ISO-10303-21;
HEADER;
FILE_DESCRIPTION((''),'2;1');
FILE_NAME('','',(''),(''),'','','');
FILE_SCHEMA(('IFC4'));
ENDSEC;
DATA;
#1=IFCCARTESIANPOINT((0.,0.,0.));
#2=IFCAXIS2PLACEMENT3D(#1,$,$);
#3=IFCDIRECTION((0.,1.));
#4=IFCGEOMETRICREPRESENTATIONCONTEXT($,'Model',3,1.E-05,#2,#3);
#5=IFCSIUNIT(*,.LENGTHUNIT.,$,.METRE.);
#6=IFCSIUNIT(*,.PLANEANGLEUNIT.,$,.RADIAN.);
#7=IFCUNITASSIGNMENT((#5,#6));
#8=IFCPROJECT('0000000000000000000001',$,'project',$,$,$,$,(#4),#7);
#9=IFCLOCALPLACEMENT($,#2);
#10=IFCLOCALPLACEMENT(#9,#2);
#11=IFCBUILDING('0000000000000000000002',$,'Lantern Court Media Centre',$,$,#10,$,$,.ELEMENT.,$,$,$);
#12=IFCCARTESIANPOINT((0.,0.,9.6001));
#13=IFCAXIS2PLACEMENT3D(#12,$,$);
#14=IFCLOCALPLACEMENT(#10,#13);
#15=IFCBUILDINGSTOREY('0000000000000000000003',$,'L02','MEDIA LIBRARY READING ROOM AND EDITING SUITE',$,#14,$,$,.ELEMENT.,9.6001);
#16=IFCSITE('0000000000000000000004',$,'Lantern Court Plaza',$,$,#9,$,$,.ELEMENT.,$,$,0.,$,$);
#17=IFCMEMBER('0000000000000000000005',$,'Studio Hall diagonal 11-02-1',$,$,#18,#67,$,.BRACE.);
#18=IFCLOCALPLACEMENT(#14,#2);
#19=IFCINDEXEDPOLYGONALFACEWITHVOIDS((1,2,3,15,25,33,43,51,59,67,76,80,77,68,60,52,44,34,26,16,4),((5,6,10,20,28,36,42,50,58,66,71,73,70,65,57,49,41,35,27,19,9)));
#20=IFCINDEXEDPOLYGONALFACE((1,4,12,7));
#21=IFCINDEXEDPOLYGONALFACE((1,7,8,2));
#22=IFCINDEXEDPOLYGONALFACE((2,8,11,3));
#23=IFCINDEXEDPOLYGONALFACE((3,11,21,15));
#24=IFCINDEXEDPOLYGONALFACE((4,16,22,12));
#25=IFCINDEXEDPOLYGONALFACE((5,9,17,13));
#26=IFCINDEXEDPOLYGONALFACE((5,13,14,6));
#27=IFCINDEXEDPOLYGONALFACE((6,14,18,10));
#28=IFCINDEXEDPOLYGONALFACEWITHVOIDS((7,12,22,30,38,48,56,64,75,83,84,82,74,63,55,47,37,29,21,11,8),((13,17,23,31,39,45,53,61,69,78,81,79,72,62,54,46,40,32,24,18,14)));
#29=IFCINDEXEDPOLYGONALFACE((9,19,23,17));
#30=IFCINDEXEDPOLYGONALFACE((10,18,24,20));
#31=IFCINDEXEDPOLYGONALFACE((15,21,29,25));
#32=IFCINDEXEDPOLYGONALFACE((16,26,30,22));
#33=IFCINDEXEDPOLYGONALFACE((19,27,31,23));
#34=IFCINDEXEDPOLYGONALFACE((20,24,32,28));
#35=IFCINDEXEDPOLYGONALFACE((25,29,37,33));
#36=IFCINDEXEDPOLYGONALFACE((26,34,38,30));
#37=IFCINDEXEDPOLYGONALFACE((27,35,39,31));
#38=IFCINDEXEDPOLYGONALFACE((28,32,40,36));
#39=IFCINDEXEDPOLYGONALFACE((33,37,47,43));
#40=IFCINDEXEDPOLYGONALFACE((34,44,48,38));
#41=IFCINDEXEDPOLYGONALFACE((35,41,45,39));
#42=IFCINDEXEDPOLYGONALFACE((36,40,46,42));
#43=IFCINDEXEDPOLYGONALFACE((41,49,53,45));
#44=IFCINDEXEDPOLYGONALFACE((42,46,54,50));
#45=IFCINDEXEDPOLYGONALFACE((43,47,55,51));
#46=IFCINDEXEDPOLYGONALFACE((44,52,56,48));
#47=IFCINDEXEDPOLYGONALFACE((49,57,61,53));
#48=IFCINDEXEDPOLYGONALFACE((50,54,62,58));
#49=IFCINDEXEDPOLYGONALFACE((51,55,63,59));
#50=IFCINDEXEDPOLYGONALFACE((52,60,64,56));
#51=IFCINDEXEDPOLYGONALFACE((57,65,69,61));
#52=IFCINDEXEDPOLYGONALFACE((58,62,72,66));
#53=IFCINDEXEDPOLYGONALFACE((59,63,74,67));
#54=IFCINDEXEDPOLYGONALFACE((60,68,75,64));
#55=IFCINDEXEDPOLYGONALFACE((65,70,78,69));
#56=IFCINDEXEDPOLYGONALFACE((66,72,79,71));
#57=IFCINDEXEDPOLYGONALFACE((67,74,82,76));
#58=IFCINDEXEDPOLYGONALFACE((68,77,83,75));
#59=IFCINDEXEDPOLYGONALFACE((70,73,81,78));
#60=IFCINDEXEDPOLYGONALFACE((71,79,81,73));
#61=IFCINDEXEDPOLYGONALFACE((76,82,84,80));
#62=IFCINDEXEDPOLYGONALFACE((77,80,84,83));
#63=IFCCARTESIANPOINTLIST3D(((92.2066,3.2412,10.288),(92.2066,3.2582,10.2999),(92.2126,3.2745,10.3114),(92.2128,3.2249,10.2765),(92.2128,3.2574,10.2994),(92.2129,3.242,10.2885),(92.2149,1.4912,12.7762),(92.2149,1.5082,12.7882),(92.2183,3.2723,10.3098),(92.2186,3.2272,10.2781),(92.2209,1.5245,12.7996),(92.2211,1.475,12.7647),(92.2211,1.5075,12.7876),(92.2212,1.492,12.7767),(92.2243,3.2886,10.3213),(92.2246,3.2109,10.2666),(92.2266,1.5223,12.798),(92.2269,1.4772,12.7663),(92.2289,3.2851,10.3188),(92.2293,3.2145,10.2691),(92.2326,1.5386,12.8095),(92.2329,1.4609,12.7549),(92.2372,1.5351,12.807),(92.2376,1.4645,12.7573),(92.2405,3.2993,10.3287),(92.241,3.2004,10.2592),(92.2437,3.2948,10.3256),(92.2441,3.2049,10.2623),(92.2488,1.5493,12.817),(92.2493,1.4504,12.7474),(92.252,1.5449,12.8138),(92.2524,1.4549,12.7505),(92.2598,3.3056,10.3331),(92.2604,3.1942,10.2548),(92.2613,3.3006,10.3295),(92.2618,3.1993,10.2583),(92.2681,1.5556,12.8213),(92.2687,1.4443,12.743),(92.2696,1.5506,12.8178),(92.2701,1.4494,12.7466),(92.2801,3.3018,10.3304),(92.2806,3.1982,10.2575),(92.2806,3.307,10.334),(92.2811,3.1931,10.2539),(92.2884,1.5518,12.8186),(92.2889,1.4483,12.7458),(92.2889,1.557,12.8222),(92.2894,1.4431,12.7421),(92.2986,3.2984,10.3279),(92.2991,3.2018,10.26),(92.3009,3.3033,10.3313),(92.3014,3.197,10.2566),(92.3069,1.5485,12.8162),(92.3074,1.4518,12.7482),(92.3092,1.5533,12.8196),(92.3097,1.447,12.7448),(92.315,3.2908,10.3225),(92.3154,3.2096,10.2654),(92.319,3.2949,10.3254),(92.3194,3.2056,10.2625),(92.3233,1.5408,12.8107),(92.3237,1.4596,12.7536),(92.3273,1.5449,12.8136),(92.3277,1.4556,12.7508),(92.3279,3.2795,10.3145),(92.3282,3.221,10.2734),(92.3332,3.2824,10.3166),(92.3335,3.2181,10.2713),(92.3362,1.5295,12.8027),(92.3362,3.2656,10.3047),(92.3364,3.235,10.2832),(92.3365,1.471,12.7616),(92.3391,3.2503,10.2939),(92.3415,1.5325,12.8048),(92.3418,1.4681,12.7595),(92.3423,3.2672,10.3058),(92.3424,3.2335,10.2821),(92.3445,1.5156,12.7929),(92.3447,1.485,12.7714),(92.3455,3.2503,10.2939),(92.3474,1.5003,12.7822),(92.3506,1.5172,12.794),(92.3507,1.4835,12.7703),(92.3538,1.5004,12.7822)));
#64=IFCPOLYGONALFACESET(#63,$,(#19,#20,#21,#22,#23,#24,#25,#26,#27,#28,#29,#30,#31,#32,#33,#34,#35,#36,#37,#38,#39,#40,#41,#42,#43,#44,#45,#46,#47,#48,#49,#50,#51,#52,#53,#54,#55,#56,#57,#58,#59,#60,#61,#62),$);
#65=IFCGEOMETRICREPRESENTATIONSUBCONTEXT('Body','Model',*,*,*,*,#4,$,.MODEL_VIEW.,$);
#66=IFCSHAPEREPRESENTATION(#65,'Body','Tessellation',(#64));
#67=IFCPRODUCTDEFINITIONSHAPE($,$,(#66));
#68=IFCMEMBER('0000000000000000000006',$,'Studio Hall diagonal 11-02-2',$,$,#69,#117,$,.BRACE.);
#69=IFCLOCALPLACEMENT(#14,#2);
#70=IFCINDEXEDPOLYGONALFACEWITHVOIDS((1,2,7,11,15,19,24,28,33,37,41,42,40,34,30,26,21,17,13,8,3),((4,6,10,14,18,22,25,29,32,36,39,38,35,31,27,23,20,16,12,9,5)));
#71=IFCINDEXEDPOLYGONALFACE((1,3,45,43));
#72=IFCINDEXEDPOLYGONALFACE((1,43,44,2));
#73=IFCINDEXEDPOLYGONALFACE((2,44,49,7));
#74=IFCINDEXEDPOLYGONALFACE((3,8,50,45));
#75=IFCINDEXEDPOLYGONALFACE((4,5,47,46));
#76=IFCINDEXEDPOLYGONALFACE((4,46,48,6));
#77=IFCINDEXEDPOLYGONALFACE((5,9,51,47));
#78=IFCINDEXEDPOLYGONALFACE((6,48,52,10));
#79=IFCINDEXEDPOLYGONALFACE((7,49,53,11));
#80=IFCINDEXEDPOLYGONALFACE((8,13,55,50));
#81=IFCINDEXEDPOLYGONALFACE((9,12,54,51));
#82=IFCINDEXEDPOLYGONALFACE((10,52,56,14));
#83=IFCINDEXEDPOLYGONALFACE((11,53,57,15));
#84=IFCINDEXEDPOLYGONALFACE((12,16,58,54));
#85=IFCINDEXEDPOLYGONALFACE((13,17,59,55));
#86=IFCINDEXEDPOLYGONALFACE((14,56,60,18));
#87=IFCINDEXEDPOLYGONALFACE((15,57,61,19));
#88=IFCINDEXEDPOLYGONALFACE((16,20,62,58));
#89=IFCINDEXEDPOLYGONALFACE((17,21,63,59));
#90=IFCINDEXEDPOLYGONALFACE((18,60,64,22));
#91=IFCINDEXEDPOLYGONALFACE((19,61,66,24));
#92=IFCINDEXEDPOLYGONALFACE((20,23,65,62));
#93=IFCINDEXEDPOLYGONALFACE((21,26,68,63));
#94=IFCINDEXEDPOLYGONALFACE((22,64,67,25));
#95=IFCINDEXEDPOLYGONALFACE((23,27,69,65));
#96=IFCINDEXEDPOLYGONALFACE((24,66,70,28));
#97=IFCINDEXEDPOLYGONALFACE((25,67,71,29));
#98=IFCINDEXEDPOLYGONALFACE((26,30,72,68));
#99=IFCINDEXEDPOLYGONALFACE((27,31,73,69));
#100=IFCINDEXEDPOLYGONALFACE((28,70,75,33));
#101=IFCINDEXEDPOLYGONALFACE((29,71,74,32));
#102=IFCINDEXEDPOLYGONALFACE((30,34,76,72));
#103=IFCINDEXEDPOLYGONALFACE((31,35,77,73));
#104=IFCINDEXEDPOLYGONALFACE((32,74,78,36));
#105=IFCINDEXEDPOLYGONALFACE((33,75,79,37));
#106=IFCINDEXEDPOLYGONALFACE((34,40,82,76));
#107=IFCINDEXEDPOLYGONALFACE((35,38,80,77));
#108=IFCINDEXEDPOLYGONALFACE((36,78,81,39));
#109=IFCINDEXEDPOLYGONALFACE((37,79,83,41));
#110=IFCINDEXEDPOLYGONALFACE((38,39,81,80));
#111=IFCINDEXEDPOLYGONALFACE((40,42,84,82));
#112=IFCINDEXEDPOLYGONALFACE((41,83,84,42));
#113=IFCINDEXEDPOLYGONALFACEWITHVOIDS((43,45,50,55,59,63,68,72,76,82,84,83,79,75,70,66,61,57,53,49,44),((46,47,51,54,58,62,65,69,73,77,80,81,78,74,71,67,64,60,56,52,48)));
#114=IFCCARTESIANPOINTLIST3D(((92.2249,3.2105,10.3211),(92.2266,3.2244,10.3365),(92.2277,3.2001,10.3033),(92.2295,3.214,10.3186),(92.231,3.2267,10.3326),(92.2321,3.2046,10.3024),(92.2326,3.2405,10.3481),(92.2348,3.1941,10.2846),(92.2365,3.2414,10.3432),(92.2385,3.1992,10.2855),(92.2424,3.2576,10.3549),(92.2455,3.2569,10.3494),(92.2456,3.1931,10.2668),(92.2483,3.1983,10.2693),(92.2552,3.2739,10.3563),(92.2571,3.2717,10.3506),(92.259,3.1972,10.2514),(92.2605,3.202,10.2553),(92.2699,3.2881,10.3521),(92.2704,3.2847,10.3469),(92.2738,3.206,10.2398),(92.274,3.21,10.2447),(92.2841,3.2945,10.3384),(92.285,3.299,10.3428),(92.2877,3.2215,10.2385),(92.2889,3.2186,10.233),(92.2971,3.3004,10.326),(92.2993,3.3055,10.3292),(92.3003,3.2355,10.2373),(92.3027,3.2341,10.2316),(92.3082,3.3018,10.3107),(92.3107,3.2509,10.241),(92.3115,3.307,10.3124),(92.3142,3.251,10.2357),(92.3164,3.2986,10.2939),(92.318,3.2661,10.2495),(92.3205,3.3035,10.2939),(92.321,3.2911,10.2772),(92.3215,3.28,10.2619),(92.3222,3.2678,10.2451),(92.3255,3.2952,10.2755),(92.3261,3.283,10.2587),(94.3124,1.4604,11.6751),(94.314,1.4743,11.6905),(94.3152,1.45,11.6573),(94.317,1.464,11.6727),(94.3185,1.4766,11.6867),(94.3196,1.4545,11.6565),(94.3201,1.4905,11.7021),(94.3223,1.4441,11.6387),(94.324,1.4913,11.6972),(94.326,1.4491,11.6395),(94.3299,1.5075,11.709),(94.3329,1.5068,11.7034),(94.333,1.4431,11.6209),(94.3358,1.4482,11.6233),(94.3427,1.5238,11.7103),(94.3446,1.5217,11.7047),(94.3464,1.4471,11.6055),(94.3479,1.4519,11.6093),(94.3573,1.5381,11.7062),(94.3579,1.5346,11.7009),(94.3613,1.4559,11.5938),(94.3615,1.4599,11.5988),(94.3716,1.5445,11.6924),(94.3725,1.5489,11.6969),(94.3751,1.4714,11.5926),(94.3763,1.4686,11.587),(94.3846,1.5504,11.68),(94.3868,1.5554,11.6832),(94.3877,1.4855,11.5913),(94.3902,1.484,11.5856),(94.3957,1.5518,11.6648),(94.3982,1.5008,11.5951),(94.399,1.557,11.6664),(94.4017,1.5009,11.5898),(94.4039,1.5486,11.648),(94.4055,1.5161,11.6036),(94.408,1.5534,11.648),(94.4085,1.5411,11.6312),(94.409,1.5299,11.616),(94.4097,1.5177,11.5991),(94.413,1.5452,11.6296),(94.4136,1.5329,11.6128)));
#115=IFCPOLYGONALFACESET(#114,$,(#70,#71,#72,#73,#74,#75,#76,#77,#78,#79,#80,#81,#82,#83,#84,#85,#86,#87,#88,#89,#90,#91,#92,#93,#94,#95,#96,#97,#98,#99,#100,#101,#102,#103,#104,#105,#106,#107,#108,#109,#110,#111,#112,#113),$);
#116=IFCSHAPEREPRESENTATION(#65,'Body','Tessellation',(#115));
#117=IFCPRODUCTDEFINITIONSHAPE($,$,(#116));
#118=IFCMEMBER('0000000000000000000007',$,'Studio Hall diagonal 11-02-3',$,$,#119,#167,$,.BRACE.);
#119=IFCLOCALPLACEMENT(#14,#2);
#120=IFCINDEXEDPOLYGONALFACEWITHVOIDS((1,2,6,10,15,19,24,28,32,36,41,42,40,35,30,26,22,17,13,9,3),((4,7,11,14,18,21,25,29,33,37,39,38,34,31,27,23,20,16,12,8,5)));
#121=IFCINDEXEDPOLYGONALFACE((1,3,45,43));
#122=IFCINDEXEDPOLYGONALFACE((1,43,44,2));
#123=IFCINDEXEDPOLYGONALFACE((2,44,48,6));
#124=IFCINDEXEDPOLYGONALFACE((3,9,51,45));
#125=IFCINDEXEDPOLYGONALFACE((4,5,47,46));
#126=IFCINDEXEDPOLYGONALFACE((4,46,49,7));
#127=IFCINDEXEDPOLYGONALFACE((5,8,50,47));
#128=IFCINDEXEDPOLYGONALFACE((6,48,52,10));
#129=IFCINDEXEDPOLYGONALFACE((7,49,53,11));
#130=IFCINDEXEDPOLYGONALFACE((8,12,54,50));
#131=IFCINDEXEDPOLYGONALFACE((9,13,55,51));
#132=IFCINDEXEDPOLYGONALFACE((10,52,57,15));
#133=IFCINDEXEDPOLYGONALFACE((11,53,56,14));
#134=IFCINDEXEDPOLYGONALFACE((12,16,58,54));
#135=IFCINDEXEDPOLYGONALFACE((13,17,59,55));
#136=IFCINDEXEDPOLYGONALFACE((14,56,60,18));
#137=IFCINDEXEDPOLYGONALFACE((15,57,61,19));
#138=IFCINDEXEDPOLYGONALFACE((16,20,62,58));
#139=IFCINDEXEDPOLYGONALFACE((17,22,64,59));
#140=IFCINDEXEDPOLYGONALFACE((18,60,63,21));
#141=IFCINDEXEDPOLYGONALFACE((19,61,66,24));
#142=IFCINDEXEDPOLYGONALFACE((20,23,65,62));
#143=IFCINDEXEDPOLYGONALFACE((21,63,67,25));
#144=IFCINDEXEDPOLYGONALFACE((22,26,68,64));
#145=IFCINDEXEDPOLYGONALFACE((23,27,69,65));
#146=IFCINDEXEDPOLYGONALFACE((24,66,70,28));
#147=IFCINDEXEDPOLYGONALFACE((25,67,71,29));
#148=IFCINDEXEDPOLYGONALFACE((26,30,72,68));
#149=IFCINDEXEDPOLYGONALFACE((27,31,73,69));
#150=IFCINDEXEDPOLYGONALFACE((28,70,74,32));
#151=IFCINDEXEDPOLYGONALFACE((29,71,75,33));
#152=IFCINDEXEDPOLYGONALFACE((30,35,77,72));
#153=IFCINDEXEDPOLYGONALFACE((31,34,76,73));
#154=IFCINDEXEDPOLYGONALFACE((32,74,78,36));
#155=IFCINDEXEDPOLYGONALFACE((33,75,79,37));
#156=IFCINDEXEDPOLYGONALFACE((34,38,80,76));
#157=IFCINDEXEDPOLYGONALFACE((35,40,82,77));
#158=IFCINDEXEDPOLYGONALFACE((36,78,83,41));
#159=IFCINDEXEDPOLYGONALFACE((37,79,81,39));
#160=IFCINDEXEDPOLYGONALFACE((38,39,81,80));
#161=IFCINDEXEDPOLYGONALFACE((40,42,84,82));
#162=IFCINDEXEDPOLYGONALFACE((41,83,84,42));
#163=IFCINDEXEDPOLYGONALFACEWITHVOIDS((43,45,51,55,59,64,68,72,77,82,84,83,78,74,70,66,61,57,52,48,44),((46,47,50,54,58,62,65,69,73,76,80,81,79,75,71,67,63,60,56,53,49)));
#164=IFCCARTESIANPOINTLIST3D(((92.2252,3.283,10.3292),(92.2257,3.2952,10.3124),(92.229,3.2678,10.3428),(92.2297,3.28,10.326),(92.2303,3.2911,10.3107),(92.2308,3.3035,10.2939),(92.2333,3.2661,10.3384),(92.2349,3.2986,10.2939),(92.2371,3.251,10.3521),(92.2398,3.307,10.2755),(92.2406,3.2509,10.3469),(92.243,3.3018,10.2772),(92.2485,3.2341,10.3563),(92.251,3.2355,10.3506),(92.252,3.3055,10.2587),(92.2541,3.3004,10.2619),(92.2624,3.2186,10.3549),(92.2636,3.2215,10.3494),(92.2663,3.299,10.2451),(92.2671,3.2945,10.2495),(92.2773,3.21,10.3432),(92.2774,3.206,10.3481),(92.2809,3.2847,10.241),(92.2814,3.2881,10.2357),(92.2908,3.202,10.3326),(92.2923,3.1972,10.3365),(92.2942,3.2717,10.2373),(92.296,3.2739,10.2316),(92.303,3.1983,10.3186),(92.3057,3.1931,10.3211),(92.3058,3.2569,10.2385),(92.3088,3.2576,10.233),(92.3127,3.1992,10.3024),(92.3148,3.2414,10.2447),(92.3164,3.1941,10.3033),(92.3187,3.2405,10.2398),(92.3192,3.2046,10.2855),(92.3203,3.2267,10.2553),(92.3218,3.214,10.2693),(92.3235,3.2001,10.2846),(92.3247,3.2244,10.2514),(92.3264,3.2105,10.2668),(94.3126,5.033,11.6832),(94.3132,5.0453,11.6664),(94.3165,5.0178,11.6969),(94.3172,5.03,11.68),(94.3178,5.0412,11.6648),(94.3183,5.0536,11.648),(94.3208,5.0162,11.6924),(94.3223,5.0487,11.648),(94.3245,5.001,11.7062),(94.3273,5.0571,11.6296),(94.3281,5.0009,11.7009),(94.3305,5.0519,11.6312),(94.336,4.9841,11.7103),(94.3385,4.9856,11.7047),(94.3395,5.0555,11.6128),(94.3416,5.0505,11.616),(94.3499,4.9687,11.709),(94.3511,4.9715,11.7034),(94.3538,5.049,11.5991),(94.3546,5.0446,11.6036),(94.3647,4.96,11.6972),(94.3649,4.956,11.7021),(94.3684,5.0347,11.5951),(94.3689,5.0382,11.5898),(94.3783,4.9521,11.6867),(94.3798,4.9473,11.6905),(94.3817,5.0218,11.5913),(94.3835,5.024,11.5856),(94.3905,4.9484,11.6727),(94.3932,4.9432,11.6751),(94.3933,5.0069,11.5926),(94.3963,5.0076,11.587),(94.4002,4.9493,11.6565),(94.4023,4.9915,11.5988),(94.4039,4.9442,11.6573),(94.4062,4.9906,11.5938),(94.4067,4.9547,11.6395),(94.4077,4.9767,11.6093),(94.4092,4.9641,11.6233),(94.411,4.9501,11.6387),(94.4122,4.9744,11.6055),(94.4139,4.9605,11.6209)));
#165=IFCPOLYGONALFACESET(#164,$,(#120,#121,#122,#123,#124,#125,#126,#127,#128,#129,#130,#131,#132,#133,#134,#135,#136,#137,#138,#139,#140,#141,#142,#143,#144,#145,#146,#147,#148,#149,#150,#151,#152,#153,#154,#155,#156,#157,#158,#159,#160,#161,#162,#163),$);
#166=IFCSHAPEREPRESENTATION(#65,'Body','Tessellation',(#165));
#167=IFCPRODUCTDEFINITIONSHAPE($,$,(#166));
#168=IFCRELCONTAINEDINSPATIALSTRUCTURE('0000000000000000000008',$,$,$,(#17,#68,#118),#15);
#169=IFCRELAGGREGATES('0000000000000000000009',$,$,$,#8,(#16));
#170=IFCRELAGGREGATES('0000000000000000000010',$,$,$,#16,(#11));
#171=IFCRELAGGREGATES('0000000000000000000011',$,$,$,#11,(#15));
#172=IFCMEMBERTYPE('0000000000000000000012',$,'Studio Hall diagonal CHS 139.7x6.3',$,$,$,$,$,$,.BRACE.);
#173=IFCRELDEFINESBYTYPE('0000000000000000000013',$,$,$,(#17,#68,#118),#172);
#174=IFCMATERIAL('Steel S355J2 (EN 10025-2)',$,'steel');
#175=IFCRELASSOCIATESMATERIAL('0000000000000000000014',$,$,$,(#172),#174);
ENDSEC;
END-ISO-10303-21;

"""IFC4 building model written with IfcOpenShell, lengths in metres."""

from ifc_helpers import new_model, si_unit, direction, frame, origin, origin_2d, place, context, subcontext, project, spatial, hollow_circle, extrude, material, material_profile, profile_set, type_object, element, save


model = new_model("IFC4")

# Units and contexts
model_context = context("Model", 3, precision=1e-05, world=origin(), true_north=direction((0.0, 1.0)))
body_context = subcontext(model_context, "Body", "Model", "MODEL_VIEW")
ifc_project = project(units=[si_unit("LENGTHUNIT", "METRE"), si_unit("PLANEANGLEUNIT", "RADIAN")], contexts=[model_context])

# Site, building, storey
site_placement = place(None, origin())
site = spatial("IfcSite", under=ifc_project, at=site_placement, Name="Lantern Court Plaza", CompositionType="ELEMENT", RefElevation=0.0)
building_placement = place(site_placement, origin())
building = spatial("IfcBuilding", under=site, at=building_placement, Name="Lantern Court Media Centre", CompositionType="ELEMENT")
storey_placement = place(building_placement, frame((0.0, 0.0, 9.6001)))
storey = spatial("IfcBuildingStorey", under=building, at=storey_placement, Name="L02", Description="MEDIA LIBRARY READING ROOM AND EDITING SUITE", CompositionType="ELEMENT", Elevation=9.6001)

# Members
ifc_material = material(Name="Steel S355J2 (EN 10025-2)", Category="steel")
ifc_material_profile_1 = material_profile(ifc_material, hollow_circle(Radius=0.0698, WallThickness=0.0063, at=origin_2d()), Name="Studio Hall diagonal CHS 139.7x6.3")
ifc_profile_set_1 = profile_set([ifc_material_profile_1], Name="Steel S355J2 (EN 10025-2)")
member_type_1 = type_object("IfcMemberType", Name="Studio Hall diagonal CHS 139.7x6.3", PredefinedType="BRACE", material=ifc_profile_set_1)
for number, where, z_axis, x_axis, name in (
    (1, (92.2756, 3.25, 10.2939), (0.002729, -0.575269, 0.81796), (0.999989, 0.004743, 0.0), "Studio Hall diagonal 11-02-1"),
    (2, (92.2756, 3.25, 10.2939), (0.68622, -0.575301, 0.44512), (0.642456, 0.766322, 0.0), "Studio Hall diagonal 11-02-2"),
    (3, (92.2756, 3.25, 10.2939), (0.68622, 0.575301, 0.44512), (-0.642456, 0.766322, 0.0), "Studio Hall diagonal 11-02-3"),
):
    element("IfcMember", number, at=place(storey_placement, frame(where, z_axis=z_axis, x_axis=x_axis)), inside=storey, type_object=member_type_1, Name=name, PredefinedType="BRACE", context=body_context, shape_type="SweptSolid", body=[
        extrude(hollow_circle(Radius=0.0698, WallThickness=0.0063, at=origin_2d()), origin(), (0.0, 0.0, 1.0), 3.042),
    ])

save(model, "model.ifc")
